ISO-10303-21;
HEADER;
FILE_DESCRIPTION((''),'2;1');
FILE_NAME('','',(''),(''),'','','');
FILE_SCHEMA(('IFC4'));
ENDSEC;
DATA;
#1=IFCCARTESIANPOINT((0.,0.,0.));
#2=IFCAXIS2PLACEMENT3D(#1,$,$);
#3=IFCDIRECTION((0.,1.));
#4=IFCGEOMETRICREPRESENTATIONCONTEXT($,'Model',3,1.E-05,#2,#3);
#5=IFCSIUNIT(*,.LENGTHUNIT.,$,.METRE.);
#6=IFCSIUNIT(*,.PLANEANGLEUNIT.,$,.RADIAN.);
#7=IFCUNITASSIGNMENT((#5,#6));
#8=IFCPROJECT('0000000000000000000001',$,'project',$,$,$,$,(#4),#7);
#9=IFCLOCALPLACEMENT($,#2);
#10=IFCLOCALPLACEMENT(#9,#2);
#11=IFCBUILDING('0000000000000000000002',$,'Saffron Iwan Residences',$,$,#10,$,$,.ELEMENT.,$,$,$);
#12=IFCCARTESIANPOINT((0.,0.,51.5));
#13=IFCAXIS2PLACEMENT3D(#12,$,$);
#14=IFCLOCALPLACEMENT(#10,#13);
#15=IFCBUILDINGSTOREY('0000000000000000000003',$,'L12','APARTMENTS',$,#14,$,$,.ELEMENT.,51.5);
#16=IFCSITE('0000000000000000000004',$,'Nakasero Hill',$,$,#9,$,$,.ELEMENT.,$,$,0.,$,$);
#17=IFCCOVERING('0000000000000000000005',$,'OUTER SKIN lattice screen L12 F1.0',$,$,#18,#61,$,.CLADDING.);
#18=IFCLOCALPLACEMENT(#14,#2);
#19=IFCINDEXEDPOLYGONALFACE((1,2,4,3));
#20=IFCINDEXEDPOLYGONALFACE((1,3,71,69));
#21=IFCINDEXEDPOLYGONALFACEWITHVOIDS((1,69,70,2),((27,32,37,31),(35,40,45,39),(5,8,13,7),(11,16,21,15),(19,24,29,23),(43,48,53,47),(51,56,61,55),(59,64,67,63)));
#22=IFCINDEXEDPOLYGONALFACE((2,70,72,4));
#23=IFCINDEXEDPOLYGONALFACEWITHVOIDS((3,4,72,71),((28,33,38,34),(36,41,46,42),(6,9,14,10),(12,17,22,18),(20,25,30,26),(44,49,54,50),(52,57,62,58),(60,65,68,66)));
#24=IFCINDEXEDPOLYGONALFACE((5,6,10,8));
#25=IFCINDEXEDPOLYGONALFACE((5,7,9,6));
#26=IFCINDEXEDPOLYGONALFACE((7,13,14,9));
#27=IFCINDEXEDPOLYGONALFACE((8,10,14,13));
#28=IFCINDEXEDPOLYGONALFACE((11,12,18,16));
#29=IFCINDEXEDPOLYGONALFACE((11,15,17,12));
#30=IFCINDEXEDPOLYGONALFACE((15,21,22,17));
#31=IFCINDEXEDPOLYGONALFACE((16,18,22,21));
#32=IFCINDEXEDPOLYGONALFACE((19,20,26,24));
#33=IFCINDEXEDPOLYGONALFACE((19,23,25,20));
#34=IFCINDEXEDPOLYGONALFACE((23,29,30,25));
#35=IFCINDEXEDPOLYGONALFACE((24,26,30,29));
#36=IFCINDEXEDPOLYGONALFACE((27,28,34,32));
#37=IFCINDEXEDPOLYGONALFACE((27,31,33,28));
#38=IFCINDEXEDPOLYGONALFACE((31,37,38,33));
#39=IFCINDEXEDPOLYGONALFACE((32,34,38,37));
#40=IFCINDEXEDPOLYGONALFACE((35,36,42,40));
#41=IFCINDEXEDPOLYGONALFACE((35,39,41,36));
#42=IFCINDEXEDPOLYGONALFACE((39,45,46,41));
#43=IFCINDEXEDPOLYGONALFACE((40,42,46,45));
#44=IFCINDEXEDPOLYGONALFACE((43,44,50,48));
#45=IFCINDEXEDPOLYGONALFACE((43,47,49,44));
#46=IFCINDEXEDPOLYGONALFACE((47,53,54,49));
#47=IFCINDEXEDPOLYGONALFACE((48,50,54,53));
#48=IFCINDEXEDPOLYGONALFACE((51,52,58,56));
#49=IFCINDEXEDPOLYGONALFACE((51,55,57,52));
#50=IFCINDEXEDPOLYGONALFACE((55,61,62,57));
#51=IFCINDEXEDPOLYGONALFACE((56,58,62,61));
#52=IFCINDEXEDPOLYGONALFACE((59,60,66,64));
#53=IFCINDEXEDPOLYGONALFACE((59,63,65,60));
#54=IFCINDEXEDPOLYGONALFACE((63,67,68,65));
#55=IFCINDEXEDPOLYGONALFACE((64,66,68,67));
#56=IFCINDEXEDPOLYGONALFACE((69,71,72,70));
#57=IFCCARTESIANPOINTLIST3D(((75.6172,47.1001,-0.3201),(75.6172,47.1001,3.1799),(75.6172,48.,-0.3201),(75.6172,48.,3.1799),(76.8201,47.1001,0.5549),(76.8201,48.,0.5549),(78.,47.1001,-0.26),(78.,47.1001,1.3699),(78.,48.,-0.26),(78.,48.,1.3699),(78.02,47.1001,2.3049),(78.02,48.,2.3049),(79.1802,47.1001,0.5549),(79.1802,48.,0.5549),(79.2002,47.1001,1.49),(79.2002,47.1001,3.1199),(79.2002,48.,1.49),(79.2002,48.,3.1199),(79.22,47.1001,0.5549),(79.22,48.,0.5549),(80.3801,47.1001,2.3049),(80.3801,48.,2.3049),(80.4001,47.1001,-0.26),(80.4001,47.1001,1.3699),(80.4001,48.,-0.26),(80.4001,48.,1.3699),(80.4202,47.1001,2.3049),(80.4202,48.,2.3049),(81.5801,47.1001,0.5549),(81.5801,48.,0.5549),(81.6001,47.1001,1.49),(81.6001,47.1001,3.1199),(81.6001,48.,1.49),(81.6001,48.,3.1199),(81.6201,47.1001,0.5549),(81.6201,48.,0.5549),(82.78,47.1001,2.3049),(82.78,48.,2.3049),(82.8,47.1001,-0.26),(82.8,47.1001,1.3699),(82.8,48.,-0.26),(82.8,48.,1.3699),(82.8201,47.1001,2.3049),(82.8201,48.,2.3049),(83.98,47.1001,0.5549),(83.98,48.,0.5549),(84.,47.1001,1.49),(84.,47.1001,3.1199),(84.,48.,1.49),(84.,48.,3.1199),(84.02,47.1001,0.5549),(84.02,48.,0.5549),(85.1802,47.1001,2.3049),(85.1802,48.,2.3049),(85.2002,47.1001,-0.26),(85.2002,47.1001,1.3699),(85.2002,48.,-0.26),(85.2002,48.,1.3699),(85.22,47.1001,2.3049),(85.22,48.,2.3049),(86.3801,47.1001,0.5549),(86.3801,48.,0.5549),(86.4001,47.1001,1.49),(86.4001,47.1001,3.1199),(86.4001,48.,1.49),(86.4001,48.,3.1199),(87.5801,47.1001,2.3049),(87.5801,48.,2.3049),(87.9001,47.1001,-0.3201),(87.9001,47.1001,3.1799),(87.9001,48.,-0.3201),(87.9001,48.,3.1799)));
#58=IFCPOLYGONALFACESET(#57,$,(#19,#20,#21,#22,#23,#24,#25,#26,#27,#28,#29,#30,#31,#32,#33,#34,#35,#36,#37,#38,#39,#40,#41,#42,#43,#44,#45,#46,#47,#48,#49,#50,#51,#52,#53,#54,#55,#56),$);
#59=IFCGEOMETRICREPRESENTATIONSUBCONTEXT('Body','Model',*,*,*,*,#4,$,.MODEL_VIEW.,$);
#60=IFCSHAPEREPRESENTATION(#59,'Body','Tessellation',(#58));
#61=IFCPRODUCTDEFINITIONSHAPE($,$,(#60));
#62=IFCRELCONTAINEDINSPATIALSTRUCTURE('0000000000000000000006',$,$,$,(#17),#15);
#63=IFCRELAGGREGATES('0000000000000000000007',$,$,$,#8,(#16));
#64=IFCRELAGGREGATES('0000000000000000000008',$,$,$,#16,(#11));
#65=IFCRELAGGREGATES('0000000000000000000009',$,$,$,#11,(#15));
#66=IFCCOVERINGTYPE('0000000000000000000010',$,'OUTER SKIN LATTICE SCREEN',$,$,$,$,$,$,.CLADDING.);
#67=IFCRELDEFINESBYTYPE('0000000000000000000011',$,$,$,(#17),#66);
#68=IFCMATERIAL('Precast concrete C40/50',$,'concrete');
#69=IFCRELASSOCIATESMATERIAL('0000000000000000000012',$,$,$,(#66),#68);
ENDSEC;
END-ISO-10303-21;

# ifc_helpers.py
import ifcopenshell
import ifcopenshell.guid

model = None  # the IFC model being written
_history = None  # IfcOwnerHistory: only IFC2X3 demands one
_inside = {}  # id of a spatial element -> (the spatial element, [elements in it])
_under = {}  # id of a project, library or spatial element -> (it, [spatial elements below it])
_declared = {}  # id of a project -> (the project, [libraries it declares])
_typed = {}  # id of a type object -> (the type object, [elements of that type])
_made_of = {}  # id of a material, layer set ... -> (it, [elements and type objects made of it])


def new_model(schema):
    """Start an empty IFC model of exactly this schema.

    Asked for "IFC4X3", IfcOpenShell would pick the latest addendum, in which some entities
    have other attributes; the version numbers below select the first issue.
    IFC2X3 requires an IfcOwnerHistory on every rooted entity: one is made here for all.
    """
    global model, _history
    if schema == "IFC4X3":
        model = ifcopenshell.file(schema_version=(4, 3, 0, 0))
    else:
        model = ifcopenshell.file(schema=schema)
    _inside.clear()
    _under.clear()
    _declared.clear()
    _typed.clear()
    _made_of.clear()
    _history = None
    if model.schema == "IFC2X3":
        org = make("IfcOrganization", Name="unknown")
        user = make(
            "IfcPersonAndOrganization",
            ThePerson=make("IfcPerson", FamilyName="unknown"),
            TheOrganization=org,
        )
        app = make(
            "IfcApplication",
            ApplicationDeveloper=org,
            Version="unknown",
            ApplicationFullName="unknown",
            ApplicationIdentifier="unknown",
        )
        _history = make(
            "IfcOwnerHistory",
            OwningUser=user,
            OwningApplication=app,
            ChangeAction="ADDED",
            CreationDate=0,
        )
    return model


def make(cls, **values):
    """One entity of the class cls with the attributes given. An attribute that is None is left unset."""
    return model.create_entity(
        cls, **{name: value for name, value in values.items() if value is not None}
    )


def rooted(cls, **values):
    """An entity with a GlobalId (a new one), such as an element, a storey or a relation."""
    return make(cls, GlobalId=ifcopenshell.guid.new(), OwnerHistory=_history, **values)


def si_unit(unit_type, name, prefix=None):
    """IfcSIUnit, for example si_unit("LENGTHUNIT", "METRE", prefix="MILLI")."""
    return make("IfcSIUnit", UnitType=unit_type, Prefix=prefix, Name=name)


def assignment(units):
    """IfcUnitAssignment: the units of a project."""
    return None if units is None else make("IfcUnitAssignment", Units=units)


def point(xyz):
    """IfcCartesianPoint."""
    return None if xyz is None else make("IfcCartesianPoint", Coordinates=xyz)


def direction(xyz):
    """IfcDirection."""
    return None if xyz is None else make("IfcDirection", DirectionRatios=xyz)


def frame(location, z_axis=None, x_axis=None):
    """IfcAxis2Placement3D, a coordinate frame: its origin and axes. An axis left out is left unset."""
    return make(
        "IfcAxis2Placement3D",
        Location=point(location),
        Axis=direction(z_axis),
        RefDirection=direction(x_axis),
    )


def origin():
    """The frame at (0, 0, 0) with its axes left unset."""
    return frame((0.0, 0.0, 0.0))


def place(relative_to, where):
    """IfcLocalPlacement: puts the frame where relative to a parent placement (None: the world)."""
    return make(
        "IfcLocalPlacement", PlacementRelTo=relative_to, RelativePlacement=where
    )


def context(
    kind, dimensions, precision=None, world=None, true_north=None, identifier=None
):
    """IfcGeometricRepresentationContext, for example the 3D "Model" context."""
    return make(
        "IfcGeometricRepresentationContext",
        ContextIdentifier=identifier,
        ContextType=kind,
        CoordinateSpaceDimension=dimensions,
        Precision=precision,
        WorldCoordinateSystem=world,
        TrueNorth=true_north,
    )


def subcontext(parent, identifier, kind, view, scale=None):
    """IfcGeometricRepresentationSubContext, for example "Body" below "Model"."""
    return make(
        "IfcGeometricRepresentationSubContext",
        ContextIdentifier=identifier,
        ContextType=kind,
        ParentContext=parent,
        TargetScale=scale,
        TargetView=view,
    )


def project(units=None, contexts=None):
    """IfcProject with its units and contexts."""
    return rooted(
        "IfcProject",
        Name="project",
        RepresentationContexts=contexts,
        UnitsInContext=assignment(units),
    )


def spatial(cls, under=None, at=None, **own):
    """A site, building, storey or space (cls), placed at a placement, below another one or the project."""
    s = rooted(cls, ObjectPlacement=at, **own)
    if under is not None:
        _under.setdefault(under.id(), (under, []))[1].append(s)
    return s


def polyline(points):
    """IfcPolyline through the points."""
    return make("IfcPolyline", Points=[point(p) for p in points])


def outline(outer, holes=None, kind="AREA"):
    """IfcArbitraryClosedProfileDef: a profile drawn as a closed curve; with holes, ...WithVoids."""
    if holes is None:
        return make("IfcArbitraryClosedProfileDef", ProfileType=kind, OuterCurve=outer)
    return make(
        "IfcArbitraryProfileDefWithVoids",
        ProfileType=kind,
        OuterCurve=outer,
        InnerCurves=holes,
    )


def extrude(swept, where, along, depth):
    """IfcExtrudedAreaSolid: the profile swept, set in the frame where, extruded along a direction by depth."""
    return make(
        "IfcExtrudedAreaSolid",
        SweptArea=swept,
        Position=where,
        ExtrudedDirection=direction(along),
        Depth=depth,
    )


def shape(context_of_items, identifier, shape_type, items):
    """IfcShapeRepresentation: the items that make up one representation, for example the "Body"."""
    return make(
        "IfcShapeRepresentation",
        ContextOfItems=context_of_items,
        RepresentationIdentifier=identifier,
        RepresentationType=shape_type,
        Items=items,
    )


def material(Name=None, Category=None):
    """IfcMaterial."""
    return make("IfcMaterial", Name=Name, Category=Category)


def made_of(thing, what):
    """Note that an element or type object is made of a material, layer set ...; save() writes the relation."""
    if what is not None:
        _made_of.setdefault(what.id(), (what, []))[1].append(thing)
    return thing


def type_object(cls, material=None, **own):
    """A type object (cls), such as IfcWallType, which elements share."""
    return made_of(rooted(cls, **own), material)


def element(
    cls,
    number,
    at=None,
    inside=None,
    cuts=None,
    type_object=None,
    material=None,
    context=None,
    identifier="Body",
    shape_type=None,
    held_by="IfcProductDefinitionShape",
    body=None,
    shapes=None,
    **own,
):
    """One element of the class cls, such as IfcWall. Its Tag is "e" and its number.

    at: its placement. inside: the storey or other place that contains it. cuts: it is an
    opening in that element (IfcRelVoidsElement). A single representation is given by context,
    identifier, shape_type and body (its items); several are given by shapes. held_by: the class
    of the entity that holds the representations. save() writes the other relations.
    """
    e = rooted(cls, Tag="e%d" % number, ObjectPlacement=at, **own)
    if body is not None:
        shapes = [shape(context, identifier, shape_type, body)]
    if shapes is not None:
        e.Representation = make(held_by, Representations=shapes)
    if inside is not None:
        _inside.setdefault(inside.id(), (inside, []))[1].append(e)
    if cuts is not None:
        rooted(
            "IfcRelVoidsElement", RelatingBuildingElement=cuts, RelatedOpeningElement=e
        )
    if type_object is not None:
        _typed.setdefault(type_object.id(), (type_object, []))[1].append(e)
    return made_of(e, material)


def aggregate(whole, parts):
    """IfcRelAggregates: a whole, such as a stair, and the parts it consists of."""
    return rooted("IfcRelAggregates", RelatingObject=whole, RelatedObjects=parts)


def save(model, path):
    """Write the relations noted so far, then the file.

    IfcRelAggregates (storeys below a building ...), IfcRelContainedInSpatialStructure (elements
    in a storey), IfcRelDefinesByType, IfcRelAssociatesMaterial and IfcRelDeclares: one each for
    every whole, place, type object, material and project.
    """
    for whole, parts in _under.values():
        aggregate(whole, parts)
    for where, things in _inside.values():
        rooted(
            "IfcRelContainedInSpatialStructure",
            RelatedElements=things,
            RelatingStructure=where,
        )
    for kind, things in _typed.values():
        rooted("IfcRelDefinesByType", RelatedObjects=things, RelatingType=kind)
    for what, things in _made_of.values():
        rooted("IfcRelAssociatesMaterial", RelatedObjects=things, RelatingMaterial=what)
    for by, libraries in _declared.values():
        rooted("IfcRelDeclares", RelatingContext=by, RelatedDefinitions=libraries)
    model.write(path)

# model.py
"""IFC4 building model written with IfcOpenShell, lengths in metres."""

from ifc_helpers import new_model, si_unit, direction, frame, origin, place, context, subcontext, project, spatial, polyline, outline, extrude, material, type_object, element, save


model = new_model("IFC4")

# Units and contexts
model_context = context("Model", 3, precision=1e-05, world=origin(), true_north=direction((0.0, 1.0)))
body_context = subcontext(model_context, "Body", "Model", "MODEL_VIEW")
ifc_project = project(units=[si_unit("LENGTHUNIT", "METRE"), si_unit("PLANEANGLEUNIT", "RADIAN")], contexts=[model_context])

# Site, building, storey
site_placement = place(None, origin())
site = spatial("IfcSite", under=ifc_project, at=site_placement, Name="Nakasero Hill", CompositionType="ELEMENT", RefElevation=0.0)
building_placement = place(site_placement, origin())
building = spatial("IfcBuilding", under=site, at=building_placement, Name="Saffron Iwan Residences", CompositionType="ELEMENT")
storey_placement = place(building_placement, frame((0.0, 0.0, 51.5)))
storey = spatial("IfcBuildingStorey", under=building, at=storey_placement, Name="L12", Description="APARTMENTS", CompositionType="ELEMENT", Elevation=51.5)

# Covering
ifc_material_1 = material(Name="Precast concrete C40/50", Category="concrete")
covering_type = type_object("IfcCoveringType", Name="OUTER SKIN LATTICE SCREEN", PredefinedType="CLADDING", material=ifc_material_1)
covering_1_placement = place(storey_placement, frame((75.6172, 48.0, -0.3201), z_axis=(0.0, -1.0, 0.0), x_axis=(1.0, 0.0, 0.0)))
element("IfcCovering", 1, at=covering_1_placement, inside=storey, type_object=covering_type, Name="OUTER SKIN lattice screen L12 F1.0", PredefinedType="CLADDING", context=body_context, shape_type="SweptSolid", body=[
    extrude(outline(polyline([(0.0, 0.0), (12.283, 0.0), (12.283, 3.5), (0.0, 3.5), (0.0, 0.0)]), holes=[polyline([(1.2029, 0.875), (2.3828, 0.0601), (3.563, 0.875), (2.3828, 1.6899), (1.2029, 0.875)]), polyline([(3.6028, 0.875), (4.783, 0.0601), (5.9629, 0.875), (4.783, 1.6899), (3.6028, 0.875)]), polyline([(6.0029, 0.875), (7.1829, 0.0601), (8.3628, 0.875), (7.1829, 1.6899), (6.0029, 0.875)]), polyline([(8.4028, 0.875), (9.583, 0.0601), (10.7629, 0.875), (9.583, 1.6899), (8.4028, 0.875)]), polyline([(2.4028, 2.625), (3.583, 1.8101), (4.7629, 2.625), (3.583, 3.4399), (2.4028, 2.625)]), polyline([(4.803, 2.625), (5.9829, 1.8101), (7.1628, 2.625), (5.9829, 3.4399), (4.803, 2.625)]), polyline([(7.2029, 2.625), (8.3828, 1.8101), (9.563, 2.625), (8.3828, 3.4399), (7.2029, 2.625)]), polyline([(9.6028, 2.625), (10.783, 1.8101), (11.9629, 2.625), (10.783, 3.4399), (9.6028, 2.625)])]), origin(), (0.0, 0.0, 1.0), 0.8999),
])

save(model, "model.ifc")
